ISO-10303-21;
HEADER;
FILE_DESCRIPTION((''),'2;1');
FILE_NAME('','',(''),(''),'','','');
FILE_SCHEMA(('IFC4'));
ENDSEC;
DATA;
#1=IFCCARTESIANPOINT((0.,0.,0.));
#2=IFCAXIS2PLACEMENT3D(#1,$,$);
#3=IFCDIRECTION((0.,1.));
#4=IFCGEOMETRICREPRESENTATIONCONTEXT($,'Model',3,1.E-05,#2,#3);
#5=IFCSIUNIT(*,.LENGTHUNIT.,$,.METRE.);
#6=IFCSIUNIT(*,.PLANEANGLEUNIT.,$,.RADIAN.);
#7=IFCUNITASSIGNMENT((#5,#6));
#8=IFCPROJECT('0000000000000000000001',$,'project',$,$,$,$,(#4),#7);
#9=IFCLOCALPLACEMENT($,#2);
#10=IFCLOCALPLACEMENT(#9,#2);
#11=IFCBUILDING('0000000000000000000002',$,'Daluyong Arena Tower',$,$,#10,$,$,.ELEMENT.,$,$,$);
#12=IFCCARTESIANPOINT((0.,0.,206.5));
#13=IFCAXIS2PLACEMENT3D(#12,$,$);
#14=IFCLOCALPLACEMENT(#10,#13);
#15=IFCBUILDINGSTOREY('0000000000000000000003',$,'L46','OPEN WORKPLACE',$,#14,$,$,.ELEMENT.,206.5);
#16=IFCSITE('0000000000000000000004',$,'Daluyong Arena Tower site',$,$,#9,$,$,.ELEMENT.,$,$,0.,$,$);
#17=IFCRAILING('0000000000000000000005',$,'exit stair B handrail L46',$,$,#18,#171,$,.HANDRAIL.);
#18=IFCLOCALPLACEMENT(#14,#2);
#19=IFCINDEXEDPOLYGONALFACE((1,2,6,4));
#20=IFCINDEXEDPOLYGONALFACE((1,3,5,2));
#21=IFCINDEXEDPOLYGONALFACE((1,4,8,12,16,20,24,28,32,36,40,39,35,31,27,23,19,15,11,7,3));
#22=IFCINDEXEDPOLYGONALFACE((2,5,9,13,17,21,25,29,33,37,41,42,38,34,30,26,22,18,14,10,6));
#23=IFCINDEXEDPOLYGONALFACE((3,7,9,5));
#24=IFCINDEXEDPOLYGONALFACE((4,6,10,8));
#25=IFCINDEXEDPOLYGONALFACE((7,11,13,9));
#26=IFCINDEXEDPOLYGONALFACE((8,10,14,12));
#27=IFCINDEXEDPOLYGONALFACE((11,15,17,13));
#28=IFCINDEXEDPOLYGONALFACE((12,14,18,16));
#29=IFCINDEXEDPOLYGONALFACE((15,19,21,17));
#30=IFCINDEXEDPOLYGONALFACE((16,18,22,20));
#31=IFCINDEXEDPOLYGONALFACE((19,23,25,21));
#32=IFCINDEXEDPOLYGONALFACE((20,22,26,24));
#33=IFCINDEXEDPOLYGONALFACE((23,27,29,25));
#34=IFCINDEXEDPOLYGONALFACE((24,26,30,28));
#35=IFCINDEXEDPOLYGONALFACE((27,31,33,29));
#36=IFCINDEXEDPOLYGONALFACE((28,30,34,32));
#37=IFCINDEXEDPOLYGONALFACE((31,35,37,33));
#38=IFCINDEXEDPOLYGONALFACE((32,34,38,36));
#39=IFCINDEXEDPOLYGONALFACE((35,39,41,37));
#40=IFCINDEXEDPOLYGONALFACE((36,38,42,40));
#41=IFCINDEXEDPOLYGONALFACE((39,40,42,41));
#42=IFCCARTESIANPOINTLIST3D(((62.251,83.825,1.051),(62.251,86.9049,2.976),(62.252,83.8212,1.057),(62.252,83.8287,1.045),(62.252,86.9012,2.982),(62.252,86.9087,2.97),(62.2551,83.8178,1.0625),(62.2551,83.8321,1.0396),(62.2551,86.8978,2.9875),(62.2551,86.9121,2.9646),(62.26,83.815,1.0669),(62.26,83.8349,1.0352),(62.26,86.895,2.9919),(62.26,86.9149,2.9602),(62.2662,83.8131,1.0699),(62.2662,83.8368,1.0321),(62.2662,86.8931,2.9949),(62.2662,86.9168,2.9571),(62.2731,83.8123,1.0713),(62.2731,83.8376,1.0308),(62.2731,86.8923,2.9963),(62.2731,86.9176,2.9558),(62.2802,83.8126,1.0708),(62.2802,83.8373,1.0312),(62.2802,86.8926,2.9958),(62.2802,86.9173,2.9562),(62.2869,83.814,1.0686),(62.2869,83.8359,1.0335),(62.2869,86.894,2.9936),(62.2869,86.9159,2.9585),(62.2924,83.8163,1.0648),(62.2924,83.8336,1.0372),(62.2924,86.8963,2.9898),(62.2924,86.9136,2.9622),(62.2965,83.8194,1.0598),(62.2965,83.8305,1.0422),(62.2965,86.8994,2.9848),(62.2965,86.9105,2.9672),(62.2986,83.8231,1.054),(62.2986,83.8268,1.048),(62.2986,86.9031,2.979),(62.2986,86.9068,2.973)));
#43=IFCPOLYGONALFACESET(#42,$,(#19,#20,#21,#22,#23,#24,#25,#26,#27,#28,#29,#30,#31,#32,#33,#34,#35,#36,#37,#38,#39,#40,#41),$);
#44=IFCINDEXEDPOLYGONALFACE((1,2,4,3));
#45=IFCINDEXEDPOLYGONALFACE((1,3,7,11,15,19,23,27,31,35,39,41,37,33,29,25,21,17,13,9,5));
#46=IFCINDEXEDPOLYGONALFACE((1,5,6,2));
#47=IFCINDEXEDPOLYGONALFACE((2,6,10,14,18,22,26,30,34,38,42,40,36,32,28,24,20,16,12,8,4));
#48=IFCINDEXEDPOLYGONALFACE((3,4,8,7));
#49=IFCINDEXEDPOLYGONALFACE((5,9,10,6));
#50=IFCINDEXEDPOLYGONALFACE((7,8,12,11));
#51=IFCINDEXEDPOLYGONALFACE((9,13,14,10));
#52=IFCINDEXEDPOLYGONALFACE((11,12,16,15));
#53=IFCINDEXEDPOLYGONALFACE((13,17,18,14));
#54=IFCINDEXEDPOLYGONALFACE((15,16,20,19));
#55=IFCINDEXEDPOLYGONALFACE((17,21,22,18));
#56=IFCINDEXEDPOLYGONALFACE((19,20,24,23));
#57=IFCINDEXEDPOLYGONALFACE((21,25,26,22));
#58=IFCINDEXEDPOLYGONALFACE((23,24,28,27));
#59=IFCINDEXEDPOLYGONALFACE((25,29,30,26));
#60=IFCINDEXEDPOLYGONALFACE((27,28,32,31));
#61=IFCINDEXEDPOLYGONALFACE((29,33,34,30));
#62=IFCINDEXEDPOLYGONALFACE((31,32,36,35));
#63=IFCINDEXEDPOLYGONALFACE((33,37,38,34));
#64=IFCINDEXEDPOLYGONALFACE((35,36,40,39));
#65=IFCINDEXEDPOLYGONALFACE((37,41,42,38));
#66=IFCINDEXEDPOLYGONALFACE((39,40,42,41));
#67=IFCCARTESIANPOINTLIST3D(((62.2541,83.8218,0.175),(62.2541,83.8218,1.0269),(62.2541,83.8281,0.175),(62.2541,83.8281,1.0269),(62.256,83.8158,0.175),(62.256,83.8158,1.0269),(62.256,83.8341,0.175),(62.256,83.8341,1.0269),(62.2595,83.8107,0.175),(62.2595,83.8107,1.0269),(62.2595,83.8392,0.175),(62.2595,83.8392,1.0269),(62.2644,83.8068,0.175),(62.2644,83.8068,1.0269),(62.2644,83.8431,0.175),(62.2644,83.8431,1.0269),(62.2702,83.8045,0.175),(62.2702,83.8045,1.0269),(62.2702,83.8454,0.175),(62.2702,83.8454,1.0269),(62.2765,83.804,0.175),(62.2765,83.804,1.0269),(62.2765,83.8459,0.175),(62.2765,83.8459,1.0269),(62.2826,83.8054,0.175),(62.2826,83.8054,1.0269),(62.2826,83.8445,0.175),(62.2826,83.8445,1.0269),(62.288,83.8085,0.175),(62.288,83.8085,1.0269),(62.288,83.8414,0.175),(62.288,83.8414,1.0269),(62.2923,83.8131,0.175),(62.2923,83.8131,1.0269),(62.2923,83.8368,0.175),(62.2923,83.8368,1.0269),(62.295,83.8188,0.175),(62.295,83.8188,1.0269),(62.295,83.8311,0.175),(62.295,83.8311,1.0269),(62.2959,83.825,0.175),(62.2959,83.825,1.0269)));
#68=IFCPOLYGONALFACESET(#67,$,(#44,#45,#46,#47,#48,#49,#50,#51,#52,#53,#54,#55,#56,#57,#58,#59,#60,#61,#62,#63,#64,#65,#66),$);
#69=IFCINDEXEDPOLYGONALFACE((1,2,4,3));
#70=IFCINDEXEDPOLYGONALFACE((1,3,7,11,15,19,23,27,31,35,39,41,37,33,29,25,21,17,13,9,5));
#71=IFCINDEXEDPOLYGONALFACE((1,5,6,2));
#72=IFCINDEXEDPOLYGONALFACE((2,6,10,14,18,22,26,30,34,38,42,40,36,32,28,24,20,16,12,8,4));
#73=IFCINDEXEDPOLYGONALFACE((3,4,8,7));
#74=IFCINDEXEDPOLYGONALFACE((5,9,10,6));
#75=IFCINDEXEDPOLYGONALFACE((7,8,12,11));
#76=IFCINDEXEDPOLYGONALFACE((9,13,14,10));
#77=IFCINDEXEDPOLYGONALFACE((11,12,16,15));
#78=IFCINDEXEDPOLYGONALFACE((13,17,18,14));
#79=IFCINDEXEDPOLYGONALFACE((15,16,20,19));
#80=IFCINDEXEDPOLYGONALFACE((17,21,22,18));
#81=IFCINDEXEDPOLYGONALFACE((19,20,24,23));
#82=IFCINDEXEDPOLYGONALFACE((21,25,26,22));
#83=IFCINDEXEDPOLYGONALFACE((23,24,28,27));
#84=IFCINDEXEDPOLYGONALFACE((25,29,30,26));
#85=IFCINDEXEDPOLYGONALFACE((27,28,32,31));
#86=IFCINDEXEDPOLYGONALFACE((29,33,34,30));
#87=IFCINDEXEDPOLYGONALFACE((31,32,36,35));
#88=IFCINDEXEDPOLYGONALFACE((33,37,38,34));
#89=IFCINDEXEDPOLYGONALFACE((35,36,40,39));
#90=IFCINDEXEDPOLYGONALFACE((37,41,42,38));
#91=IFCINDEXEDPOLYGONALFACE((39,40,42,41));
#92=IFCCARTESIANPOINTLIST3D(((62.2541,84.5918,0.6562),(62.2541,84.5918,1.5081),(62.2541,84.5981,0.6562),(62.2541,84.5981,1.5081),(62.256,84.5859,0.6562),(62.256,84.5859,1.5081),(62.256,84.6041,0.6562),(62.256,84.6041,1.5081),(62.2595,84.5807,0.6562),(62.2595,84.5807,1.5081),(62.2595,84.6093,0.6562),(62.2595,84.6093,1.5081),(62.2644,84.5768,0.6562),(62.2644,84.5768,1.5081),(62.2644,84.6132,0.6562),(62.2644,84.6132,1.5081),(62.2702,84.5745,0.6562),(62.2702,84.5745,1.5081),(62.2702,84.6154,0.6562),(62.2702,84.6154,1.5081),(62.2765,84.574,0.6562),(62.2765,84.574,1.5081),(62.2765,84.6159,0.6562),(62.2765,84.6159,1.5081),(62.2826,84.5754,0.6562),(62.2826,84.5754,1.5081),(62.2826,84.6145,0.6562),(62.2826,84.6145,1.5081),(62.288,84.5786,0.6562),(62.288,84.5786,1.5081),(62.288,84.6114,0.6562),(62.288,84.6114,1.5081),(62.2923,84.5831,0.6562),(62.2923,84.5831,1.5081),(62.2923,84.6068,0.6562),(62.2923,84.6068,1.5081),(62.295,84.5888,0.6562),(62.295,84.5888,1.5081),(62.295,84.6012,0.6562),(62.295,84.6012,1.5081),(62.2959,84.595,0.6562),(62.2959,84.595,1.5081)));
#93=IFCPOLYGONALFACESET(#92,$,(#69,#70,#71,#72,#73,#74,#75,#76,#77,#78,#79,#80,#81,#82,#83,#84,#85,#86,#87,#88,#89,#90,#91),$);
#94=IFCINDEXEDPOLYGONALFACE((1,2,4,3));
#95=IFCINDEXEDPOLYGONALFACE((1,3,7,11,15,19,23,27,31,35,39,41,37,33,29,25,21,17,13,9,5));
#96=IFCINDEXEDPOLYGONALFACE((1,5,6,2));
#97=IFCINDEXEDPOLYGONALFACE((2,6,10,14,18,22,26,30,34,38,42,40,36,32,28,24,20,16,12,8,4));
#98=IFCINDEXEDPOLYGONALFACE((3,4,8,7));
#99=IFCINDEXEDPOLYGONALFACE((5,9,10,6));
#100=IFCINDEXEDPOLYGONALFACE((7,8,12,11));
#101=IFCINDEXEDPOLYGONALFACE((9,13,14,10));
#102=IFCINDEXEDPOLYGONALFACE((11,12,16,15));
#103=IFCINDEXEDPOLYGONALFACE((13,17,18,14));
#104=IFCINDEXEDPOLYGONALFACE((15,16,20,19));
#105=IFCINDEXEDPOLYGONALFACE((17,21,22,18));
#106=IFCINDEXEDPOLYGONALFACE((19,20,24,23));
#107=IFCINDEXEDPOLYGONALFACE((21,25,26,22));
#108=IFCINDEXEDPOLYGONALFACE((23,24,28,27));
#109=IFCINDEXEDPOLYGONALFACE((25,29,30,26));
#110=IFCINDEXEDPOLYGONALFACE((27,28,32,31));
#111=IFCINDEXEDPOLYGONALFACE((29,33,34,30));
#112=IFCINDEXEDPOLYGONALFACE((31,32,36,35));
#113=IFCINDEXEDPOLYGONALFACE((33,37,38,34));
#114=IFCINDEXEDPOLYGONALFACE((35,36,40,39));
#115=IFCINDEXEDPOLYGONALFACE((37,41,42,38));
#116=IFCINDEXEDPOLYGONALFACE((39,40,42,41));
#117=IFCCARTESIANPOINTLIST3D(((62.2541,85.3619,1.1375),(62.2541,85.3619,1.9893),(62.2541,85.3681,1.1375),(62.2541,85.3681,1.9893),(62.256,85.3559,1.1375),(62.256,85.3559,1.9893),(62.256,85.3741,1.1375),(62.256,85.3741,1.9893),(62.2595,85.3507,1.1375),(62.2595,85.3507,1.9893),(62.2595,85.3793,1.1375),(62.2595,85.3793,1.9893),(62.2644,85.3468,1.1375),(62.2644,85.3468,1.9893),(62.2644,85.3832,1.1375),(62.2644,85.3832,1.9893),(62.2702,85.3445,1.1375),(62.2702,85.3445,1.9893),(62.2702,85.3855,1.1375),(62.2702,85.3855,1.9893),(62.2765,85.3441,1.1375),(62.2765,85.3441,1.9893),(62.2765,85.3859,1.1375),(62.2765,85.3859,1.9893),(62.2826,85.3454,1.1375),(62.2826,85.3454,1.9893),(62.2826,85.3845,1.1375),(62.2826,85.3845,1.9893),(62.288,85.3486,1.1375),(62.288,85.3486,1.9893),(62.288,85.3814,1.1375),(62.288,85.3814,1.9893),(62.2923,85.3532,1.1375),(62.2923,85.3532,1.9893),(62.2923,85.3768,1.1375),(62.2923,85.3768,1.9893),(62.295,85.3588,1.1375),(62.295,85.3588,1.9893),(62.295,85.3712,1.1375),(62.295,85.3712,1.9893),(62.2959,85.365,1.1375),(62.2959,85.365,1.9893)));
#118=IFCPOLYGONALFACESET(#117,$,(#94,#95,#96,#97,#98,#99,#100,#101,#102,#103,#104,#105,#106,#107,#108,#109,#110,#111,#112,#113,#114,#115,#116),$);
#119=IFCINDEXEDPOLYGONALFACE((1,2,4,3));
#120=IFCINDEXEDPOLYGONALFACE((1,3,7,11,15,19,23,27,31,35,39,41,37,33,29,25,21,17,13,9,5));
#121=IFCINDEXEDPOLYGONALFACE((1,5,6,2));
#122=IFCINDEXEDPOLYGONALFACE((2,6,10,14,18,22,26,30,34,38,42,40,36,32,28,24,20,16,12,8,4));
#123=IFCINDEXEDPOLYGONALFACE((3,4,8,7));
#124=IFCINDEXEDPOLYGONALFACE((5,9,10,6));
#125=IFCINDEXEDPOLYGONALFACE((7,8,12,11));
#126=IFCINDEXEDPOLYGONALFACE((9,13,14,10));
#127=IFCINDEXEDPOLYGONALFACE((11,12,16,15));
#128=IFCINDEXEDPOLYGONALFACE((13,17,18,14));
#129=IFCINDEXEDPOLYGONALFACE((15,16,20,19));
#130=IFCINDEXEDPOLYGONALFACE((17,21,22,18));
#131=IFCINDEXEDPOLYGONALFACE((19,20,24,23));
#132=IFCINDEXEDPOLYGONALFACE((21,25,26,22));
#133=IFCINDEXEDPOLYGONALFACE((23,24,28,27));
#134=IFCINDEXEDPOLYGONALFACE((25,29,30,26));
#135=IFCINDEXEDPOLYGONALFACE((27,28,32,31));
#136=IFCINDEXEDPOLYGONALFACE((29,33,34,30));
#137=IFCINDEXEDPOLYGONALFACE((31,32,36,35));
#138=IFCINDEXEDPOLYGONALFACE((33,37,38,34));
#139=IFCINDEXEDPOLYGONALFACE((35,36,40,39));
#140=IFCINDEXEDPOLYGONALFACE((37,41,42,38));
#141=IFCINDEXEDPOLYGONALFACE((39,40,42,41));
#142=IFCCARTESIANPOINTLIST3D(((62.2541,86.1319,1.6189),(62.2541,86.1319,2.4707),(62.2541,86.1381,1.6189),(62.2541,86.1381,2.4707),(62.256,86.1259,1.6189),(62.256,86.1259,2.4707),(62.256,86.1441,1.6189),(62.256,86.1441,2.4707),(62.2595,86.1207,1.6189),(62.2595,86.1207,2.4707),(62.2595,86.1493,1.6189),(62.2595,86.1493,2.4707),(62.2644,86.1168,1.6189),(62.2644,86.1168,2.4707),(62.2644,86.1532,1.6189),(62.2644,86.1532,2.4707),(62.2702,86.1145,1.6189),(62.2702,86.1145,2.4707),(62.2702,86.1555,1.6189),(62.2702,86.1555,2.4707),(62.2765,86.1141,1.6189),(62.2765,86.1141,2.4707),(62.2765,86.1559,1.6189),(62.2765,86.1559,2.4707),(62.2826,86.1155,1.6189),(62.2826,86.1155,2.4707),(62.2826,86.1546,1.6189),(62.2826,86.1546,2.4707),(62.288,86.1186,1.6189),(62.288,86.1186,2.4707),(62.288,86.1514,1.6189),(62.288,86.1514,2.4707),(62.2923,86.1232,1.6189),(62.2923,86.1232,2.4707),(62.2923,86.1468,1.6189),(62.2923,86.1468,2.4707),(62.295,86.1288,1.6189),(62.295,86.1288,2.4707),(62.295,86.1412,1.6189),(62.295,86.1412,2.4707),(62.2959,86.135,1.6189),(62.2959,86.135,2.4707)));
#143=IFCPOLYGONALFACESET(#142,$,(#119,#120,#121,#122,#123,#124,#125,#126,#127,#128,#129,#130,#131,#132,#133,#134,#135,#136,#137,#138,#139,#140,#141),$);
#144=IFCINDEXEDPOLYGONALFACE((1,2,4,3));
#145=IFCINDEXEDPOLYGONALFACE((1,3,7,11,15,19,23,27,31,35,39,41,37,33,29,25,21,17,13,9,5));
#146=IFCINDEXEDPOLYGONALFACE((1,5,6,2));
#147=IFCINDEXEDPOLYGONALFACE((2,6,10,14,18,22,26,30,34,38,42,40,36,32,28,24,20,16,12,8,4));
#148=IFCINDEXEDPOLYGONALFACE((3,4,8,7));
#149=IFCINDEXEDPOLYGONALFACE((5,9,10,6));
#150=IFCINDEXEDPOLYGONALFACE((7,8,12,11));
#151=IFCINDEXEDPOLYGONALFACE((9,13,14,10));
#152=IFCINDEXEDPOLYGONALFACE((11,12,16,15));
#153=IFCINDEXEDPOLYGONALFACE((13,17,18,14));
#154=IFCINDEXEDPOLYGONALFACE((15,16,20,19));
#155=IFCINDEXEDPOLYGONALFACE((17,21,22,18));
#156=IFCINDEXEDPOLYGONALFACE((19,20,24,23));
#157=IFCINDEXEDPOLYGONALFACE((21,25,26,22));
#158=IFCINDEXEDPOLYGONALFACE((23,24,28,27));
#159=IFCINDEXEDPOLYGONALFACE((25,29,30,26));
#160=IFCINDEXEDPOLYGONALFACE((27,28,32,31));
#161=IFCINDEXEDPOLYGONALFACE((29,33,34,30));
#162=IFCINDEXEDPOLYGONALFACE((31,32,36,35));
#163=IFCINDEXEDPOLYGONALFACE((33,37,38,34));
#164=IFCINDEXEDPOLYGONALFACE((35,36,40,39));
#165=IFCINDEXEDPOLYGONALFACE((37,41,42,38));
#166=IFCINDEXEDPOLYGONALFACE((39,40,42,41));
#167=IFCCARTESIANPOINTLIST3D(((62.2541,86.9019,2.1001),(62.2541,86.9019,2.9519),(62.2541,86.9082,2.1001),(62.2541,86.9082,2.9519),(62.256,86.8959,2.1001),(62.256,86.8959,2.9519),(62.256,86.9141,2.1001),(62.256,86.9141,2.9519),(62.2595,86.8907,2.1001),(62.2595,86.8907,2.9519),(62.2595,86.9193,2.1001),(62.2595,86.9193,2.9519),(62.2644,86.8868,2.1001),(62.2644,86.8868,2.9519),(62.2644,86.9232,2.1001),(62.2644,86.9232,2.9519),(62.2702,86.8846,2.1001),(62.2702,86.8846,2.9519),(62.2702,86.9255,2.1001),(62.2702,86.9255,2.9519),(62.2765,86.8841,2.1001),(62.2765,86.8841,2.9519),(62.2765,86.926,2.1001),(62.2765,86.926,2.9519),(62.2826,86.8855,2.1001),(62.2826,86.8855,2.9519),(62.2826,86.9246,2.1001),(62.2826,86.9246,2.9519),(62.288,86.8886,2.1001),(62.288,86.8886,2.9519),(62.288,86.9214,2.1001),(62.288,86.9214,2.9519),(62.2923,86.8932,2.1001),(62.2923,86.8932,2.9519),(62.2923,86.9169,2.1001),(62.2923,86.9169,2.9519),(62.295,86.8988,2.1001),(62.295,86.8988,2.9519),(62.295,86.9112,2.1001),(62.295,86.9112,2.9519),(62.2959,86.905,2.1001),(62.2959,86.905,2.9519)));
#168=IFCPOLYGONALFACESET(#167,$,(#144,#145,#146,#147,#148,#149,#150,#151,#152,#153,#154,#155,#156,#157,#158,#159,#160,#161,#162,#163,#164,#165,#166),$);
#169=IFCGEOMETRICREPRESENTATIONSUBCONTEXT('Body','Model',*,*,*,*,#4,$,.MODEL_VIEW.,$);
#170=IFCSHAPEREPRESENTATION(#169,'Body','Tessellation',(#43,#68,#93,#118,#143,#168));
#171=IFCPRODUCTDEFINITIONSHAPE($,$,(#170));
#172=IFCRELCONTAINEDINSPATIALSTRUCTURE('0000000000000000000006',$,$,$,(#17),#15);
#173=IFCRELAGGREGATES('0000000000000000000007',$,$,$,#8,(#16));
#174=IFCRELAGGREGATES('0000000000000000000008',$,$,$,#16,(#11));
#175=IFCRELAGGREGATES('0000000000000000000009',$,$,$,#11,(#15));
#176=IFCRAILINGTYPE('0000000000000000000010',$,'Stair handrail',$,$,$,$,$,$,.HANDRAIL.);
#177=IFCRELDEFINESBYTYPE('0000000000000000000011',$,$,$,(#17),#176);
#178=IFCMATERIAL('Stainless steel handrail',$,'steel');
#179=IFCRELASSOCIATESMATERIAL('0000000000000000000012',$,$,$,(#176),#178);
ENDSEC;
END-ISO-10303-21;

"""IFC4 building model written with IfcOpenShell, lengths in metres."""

from ifc_helpers import new_model, si_unit, direction, frame, origin, origin_2d, place, context, subcontext, project, spatial, circle, extrude, material, type_object, element, save


model = new_model("IFC4")

# Units and contexts
model_context = context("Model", 3, precision=1e-05, world=origin(), true_north=direction((0.0, 1.0)))
body_context = subcontext(model_context, "Body", "Model", "MODEL_VIEW")
ifc_project = project(units=[si_unit("LENGTHUNIT", "METRE"), si_unit("PLANEANGLEUNIT", "RADIAN")], contexts=[model_context])

# Site, building, storey
site_placement = place(None, origin())
site = spatial("IfcSite", under=ifc_project, at=site_placement, Name="Daluyong Arena Tower site", CompositionType="ELEMENT", RefElevation=0.0)
building_placement = place(site_placement, origin())
building = spatial("IfcBuilding", under=site, at=building_placement, Name="Daluyong Arena Tower", CompositionType="ELEMENT")
storey_placement = place(building_placement, frame((0.0, 0.0, 206.5)))
storey = spatial("IfcBuildingStorey", under=building, at=storey_placement, Name="L46", Description="OPEN WORKPLACE", CompositionType="ELEMENT", Elevation=206.5)

# Railing
ifc_material_1 = material(Name="Stainless steel handrail", Category="steel")
railing_type_1 = type_object("IfcRailingType", Name="Stair handrail", PredefinedType="HANDRAIL", material=ifc_material_1)
railing_1_placement = place(storey_placement, frame((62.2749, 83.825, 0.175)))
element("IfcRailing", 1, at=railing_1_placement, inside=storey, type_object=railing_type_1, Name="exit stair B handrail L46", PredefinedType="HANDRAIL", context=body_context, shape_type="SweptSolid", body=[
    extrude(circle(Radius=0.0239, at=origin_2d()), frame((0.0, 0.0, 0.876), z_axis=(0.0, 0.847998, 0.529999), x_axis=(-1.0, 0.0, 0.0)), (0.0, 0.0, 1.0), 3.6321),
    extrude(circle(Radius=0.021, at=origin_2d()), origin(), (0.0, 0.0, 1.0), 0.8518),
    extrude(circle(Radius=0.021, at=origin_2d()), frame((0.0, 0.77, 0.4812)), (0.0, 0.0, 1.0), 0.8518),
    extrude(circle(Radius=0.021, at=origin_2d()), frame((0.0, 1.54, 0.9624)), (0.0, 0.0, 1.0), 0.8518),
    extrude(circle(Radius=0.021, at=origin_2d()), frame((0.0, 2.3101, 1.4438)), (0.0, 0.0, 1.0), 0.8518),
    extrude(circle(Radius=0.021, at=origin_2d()), frame((0.0, 3.0801, 1.925)), (0.0, 0.0, 1.0), 0.8518),
])

save(model, "model.ifc")
